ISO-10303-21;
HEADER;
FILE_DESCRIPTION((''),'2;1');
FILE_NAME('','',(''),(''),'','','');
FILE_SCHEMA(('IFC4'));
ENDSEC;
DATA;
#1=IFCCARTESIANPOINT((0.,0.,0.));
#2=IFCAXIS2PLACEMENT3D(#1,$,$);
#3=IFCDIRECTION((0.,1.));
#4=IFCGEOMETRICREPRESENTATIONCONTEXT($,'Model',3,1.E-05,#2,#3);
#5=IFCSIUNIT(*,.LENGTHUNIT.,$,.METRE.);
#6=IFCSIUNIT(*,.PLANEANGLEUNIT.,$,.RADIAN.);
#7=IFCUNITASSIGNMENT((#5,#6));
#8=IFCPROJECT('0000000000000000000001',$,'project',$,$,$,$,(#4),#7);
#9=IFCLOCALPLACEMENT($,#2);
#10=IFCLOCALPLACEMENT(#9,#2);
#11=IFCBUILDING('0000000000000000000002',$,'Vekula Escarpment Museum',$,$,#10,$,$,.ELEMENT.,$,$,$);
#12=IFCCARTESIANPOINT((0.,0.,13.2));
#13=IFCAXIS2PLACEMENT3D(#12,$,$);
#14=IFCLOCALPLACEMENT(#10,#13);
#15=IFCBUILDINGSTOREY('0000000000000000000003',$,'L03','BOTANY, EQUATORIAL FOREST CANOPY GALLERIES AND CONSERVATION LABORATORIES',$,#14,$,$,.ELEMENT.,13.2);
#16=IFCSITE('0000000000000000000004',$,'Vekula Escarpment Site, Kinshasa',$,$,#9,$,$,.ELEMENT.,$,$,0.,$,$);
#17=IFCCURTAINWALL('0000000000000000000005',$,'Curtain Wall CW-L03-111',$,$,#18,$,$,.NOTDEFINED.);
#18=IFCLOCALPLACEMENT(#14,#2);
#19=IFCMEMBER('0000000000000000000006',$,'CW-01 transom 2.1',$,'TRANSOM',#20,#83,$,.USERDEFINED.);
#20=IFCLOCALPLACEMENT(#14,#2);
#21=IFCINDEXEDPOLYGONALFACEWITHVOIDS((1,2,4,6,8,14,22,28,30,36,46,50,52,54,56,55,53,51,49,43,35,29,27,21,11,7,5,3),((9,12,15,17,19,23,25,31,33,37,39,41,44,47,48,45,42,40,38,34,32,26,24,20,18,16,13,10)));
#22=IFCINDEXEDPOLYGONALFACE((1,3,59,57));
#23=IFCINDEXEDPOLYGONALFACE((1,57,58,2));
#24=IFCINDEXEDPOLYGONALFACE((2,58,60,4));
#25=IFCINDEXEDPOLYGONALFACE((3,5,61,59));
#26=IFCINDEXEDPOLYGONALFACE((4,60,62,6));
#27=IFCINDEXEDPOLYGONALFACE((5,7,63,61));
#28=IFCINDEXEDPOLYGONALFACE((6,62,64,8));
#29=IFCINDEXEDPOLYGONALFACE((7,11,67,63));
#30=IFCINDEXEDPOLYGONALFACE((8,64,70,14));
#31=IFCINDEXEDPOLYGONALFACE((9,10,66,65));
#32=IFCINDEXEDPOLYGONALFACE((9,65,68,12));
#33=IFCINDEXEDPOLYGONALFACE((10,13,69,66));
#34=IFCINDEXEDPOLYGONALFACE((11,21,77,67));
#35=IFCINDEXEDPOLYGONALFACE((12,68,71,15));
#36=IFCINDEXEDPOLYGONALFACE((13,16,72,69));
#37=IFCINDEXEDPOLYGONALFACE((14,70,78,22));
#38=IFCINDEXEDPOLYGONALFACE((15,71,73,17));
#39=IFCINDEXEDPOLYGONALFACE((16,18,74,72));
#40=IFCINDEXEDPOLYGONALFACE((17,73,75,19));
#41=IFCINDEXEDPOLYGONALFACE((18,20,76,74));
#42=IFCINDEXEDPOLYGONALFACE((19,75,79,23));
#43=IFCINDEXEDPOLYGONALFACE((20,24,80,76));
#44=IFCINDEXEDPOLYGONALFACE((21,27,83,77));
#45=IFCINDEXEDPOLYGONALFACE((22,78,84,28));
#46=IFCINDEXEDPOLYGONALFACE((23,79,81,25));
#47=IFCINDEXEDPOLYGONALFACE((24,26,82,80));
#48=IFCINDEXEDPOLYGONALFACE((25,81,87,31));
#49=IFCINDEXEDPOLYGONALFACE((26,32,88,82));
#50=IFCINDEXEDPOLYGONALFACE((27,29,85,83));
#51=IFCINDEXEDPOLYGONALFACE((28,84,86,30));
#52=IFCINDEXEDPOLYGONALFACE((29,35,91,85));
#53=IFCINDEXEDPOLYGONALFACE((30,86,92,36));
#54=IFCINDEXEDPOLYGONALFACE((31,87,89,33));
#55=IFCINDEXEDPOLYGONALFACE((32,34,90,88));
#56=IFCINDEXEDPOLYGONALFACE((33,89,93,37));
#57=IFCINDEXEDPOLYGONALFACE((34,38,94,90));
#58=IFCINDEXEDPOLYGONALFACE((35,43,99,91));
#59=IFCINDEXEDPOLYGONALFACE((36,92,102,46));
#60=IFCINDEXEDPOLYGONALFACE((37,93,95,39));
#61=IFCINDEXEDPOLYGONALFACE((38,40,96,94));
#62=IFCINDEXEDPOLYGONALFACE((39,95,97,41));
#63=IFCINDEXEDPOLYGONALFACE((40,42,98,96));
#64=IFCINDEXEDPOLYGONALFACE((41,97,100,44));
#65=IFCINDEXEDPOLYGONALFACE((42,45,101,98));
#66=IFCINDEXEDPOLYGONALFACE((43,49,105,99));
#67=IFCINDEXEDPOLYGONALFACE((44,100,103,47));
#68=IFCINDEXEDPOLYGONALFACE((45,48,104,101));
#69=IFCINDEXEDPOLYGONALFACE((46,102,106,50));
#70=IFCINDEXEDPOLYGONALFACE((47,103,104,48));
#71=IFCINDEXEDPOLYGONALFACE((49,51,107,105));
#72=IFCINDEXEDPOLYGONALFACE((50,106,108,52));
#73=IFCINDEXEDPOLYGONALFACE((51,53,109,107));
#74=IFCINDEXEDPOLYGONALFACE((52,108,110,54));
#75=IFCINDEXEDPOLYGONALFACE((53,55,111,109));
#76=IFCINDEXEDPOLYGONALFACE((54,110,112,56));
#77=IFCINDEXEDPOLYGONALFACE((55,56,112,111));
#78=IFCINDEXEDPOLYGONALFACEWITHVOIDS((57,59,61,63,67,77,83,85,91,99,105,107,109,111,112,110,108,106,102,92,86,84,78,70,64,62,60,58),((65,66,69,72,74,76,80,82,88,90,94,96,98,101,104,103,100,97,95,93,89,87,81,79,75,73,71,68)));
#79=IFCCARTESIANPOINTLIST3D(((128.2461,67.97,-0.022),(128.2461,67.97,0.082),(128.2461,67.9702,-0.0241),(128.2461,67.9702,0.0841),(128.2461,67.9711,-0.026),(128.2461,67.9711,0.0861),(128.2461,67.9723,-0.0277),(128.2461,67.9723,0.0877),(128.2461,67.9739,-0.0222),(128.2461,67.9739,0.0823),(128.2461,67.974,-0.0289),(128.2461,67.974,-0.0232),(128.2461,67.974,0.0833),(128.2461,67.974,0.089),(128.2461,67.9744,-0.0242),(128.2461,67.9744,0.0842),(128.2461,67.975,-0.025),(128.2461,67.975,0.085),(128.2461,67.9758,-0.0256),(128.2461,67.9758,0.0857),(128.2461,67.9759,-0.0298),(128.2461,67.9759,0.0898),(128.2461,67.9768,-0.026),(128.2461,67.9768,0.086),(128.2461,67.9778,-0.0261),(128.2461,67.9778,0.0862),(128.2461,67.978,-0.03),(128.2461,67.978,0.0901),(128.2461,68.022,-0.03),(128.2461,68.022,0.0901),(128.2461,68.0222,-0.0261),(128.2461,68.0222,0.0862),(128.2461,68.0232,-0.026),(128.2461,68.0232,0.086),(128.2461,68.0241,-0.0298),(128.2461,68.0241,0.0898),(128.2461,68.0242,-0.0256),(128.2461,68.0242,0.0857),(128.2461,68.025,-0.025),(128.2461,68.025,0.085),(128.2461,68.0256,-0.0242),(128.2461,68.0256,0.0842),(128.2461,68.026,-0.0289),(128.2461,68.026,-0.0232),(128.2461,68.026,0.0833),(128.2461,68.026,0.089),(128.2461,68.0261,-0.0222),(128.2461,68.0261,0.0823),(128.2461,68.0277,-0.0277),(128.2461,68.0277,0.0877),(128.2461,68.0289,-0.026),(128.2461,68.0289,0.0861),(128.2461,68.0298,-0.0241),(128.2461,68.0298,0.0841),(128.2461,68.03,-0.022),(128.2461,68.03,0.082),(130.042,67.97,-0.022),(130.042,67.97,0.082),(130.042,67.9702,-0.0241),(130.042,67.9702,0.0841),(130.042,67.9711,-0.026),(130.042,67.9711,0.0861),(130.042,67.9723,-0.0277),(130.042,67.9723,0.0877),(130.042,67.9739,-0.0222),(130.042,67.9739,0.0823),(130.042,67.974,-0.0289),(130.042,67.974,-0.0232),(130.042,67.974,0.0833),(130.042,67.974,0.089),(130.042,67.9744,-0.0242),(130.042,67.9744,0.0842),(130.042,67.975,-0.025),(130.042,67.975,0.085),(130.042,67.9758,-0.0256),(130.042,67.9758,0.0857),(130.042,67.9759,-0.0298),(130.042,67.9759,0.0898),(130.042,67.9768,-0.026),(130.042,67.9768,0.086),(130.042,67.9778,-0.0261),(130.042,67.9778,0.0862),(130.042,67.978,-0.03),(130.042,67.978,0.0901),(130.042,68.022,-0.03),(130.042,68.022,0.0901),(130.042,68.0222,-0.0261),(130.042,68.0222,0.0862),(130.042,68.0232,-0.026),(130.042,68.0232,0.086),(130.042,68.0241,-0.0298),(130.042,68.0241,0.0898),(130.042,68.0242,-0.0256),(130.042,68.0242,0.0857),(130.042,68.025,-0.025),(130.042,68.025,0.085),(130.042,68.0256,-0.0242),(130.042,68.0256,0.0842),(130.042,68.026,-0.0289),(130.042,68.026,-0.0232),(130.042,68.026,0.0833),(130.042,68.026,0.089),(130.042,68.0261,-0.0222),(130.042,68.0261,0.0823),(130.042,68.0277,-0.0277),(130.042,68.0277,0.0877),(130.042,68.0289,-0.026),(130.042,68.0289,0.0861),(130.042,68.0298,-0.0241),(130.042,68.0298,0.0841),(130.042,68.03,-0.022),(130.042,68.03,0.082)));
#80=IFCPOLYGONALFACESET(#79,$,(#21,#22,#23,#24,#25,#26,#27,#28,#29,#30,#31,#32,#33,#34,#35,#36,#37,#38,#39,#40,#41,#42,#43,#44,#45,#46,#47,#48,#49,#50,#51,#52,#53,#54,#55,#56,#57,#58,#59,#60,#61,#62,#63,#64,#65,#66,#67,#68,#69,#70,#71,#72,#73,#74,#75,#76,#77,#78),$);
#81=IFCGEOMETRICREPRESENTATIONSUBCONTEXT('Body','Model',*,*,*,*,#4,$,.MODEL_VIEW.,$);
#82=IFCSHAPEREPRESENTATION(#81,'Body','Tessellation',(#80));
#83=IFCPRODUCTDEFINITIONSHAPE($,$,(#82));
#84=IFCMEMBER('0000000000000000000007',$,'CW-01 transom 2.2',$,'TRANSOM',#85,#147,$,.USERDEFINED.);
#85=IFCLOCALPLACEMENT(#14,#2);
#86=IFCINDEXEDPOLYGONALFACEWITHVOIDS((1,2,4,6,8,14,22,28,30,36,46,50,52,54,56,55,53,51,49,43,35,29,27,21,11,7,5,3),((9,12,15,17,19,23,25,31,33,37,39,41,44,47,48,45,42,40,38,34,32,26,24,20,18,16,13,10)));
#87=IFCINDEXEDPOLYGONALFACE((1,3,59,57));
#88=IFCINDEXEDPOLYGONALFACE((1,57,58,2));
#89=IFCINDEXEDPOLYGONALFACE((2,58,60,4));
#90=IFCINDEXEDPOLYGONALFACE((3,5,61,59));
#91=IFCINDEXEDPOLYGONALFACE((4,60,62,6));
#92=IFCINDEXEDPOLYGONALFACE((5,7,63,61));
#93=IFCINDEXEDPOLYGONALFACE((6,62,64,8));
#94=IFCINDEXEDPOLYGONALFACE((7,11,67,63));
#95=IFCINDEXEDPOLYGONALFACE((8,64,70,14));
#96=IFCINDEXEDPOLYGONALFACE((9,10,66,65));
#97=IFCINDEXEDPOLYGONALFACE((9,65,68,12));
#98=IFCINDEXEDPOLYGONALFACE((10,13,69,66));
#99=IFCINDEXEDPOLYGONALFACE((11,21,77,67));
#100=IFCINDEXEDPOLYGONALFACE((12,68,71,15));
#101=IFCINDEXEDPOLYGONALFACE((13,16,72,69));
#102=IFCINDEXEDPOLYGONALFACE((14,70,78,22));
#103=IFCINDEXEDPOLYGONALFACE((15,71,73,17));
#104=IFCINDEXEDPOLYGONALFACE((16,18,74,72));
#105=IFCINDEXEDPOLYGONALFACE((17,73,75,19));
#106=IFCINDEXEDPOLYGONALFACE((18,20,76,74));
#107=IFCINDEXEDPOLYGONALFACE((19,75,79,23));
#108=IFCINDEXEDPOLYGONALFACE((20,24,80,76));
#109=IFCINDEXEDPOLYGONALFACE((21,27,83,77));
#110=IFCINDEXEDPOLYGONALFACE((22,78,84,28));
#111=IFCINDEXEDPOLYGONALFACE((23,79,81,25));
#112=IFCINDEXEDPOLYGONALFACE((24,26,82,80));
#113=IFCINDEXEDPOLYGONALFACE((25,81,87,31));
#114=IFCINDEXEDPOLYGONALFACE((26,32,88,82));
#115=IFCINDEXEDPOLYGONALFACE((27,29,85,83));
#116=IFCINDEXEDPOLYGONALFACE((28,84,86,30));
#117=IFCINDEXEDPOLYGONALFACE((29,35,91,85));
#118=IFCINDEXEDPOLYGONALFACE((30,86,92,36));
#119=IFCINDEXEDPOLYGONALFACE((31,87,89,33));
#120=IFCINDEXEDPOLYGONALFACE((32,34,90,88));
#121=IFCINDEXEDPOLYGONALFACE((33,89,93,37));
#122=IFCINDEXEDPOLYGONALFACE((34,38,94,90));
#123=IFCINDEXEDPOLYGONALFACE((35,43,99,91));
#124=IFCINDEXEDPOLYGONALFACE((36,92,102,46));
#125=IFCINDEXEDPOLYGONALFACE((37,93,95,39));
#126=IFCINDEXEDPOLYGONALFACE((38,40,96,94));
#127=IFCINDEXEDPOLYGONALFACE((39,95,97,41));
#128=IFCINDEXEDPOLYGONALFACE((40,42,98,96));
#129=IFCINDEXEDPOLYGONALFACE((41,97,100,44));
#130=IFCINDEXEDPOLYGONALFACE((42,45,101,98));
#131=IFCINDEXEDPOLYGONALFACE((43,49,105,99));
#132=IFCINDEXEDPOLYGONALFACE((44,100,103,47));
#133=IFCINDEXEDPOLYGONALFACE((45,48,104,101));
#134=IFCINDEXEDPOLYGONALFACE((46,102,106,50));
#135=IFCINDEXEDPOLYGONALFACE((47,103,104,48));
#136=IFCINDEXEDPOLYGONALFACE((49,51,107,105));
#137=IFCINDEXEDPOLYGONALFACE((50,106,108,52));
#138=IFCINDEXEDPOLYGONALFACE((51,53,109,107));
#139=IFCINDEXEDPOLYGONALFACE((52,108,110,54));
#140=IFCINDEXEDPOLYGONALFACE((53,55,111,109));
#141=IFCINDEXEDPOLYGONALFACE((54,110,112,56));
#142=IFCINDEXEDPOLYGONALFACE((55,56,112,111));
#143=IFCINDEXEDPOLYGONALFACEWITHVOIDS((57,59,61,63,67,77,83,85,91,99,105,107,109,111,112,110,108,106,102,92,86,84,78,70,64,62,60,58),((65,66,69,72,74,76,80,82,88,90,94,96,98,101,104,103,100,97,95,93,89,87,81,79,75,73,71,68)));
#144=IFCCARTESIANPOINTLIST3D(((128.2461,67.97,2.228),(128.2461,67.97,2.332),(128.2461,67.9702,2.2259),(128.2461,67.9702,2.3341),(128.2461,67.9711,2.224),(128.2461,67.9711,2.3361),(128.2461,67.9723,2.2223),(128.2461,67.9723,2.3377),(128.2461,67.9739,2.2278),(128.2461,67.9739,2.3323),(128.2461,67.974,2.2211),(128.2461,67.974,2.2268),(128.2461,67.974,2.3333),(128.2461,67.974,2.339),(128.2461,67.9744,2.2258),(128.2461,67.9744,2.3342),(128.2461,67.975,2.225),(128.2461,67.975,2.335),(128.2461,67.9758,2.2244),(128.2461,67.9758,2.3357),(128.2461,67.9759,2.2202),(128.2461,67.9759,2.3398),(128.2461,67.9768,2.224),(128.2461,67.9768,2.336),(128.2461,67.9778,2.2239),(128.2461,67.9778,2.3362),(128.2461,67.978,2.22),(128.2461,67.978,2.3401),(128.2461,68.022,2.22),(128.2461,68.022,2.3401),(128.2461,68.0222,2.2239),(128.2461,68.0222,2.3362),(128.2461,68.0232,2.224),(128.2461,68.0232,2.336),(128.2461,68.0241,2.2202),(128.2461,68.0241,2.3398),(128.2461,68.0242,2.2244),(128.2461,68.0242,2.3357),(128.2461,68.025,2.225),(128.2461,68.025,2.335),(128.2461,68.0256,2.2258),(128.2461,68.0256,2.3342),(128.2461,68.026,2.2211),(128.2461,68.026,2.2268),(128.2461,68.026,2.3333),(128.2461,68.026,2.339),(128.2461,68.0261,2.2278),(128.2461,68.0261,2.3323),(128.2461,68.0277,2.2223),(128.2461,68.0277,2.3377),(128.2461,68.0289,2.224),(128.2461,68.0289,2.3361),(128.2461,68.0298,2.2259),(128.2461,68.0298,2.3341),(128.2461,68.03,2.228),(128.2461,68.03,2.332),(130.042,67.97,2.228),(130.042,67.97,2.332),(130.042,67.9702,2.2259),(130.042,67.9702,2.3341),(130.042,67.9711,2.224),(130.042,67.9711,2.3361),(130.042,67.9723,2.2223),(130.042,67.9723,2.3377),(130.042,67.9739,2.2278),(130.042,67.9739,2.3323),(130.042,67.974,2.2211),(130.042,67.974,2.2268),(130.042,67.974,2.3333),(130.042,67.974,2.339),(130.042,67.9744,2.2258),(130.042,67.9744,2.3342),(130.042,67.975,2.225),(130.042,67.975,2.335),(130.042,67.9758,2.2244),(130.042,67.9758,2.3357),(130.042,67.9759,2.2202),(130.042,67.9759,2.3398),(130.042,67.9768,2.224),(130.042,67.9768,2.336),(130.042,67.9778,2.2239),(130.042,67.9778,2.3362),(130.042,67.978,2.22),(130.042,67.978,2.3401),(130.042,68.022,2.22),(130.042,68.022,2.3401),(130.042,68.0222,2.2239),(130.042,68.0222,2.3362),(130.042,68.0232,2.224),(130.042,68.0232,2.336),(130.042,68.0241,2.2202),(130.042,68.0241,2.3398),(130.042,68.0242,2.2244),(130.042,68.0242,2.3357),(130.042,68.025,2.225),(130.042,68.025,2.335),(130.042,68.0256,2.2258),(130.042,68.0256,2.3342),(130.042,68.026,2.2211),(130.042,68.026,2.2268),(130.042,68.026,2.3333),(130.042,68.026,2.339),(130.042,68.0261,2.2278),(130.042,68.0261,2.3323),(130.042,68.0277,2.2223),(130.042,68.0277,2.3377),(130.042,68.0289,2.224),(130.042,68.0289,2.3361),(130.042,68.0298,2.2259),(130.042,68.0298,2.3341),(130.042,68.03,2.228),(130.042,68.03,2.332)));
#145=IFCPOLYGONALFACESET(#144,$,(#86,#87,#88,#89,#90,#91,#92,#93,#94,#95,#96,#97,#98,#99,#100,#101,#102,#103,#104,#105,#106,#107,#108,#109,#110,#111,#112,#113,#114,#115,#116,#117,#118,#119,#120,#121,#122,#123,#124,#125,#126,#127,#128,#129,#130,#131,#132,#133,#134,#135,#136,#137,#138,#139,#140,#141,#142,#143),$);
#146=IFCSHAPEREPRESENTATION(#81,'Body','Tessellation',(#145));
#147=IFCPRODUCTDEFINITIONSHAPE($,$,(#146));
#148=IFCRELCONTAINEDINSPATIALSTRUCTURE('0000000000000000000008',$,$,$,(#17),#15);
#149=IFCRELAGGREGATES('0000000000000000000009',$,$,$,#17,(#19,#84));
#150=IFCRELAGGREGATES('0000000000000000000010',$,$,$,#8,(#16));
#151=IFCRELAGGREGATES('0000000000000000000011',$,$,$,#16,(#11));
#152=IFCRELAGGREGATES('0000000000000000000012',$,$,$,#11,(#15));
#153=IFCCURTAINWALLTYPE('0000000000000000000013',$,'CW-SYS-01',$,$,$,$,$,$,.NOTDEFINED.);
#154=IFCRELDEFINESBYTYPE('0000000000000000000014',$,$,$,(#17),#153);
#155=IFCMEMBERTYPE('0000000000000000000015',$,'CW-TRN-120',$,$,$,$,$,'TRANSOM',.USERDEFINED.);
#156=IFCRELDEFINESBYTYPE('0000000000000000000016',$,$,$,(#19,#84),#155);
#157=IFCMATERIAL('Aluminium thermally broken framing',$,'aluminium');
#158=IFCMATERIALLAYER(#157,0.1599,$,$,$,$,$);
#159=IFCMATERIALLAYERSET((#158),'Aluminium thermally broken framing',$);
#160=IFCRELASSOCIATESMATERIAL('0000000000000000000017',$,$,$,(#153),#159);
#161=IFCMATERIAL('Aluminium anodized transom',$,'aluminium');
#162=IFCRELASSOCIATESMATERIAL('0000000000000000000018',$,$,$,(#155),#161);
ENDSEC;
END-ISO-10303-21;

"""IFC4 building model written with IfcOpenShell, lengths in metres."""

from ifc_helpers import new_model, si_unit, direction, frame, origin, origin_2d, place, context, subcontext, project, spatial, hollow_rectangle, extrude, material, layer, layer_set, material_profile, profile_set, type_object, element, aggregate, save


model = new_model("IFC4")

# Units and contexts
model_context = context("Model", 3, precision=1e-05, world=origin(), true_north=direction((0.0, 1.0)))
body_context = subcontext(model_context, "Body", "Model", "MODEL_VIEW")
ifc_project = project(units=[si_unit("LENGTHUNIT", "METRE"), si_unit("PLANEANGLEUNIT", "RADIAN")], contexts=[model_context])

# Site, building, storey
site_placement = place(None, origin())
site = spatial("IfcSite", under=ifc_project, at=site_placement, Name="Vekula Escarpment Site, Kinshasa", CompositionType="ELEMENT", RefElevation=0.0)
building_placement = place(site_placement, origin())
building = spatial("IfcBuilding", under=site, at=building_placement, Name="Vekula Escarpment Museum", CompositionType="ELEMENT")
storey_placement = place(building_placement, frame((0.0, 0.0, 13.2)))
storey = spatial("IfcBuildingStorey", under=building, at=storey_placement, Name="L03", Description="BOTANY, EQUATORIAL FOREST CANOPY GALLERIES AND CONSERVATION LABORATORIES", CompositionType="ELEMENT", Elevation=13.2)

# Curtain wall, members
ifc_material_1 = material(Name="Aluminium thermally broken framing", Category="aluminium")
ifc_layer_1 = layer(ifc_material_1, 0.1599)
ifc_layer_set_1 = layer_set([ifc_layer_1], Name="Aluminium thermally broken framing")
curtain_wall_type = type_object("IfcCurtainWallType", Name="CW-SYS-01", PredefinedType="NOTDEFINED", material=ifc_layer_set_1)
curtain_wall_placement = place(storey_placement, origin())
curtain_wall = element("IfcCurtainWall", 1, at=curtain_wall_placement, inside=storey, type_object=curtain_wall_type, Name="Curtain Wall CW-L03-111", PredefinedType="NOTDEFINED")
ifc_material_2 = material(Name="Aluminium anodized transom", Category="aluminium")
ifc_material_profile_1 = material_profile(ifc_material_2, hollow_rectangle(XDim=0.0601, YDim=0.1201, WallThickness=0.0039, InnerFilletRadius=0.0039, OuterFilletRadius=0.0081, at=origin_2d()), Name="ALU 120x60x4")
ifc_profile_set_1 = profile_set([ifc_material_profile_1], Name="Aluminium anodized transom")
member_type_1 = type_object("IfcMemberType", Name="CW-TRN-120", ElementType="TRANSOM", PredefinedType="USERDEFINED", material=ifc_profile_set_1)
member_1_placement = place(storey_placement, frame((128.2461, 68.0, 0.03), z_axis=(1.0, 0.0, 0.0), x_axis=(0.0, 1.0, 0.0)))
member_1 = element("IfcMember", 2, at=member_1_placement, type_object=member_type_1, Name="CW-01 transom 2.1", ObjectType="TRANSOM", PredefinedType="USERDEFINED", context=body_context, shape_type="SweptSolid", body=[
    extrude(hollow_rectangle(XDim=0.0601, YDim=0.1201, WallThickness=0.0039, InnerFilletRadius=0.0039, OuterFilletRadius=0.0081, at=origin_2d()), origin(), (0.0, 0.0, 1.0), 1.7959),
])
member_2_placement = place(storey_placement, frame((128.2461, 68.0, 2.28), z_axis=(1.0, 0.0, 0.0), x_axis=(0.0, 1.0, 0.0)))
member_2 = element("IfcMember", 3, at=member_2_placement, type_object=member_type_1, Name="CW-01 transom 2.2", ObjectType="TRANSOM", PredefinedType="USERDEFINED", context=body_context, shape_type="SweptSolid", body=[
    extrude(hollow_rectangle(XDim=0.0601, YDim=0.1201, WallThickness=0.0039, InnerFilletRadius=0.0039, OuterFilletRadius=0.0081, at=origin_2d()), origin(), (0.0, 0.0, 1.0), 1.7959),
])
aggregate(curtain_wall, [member_1, member_2])

save(model, "model.ifc")
